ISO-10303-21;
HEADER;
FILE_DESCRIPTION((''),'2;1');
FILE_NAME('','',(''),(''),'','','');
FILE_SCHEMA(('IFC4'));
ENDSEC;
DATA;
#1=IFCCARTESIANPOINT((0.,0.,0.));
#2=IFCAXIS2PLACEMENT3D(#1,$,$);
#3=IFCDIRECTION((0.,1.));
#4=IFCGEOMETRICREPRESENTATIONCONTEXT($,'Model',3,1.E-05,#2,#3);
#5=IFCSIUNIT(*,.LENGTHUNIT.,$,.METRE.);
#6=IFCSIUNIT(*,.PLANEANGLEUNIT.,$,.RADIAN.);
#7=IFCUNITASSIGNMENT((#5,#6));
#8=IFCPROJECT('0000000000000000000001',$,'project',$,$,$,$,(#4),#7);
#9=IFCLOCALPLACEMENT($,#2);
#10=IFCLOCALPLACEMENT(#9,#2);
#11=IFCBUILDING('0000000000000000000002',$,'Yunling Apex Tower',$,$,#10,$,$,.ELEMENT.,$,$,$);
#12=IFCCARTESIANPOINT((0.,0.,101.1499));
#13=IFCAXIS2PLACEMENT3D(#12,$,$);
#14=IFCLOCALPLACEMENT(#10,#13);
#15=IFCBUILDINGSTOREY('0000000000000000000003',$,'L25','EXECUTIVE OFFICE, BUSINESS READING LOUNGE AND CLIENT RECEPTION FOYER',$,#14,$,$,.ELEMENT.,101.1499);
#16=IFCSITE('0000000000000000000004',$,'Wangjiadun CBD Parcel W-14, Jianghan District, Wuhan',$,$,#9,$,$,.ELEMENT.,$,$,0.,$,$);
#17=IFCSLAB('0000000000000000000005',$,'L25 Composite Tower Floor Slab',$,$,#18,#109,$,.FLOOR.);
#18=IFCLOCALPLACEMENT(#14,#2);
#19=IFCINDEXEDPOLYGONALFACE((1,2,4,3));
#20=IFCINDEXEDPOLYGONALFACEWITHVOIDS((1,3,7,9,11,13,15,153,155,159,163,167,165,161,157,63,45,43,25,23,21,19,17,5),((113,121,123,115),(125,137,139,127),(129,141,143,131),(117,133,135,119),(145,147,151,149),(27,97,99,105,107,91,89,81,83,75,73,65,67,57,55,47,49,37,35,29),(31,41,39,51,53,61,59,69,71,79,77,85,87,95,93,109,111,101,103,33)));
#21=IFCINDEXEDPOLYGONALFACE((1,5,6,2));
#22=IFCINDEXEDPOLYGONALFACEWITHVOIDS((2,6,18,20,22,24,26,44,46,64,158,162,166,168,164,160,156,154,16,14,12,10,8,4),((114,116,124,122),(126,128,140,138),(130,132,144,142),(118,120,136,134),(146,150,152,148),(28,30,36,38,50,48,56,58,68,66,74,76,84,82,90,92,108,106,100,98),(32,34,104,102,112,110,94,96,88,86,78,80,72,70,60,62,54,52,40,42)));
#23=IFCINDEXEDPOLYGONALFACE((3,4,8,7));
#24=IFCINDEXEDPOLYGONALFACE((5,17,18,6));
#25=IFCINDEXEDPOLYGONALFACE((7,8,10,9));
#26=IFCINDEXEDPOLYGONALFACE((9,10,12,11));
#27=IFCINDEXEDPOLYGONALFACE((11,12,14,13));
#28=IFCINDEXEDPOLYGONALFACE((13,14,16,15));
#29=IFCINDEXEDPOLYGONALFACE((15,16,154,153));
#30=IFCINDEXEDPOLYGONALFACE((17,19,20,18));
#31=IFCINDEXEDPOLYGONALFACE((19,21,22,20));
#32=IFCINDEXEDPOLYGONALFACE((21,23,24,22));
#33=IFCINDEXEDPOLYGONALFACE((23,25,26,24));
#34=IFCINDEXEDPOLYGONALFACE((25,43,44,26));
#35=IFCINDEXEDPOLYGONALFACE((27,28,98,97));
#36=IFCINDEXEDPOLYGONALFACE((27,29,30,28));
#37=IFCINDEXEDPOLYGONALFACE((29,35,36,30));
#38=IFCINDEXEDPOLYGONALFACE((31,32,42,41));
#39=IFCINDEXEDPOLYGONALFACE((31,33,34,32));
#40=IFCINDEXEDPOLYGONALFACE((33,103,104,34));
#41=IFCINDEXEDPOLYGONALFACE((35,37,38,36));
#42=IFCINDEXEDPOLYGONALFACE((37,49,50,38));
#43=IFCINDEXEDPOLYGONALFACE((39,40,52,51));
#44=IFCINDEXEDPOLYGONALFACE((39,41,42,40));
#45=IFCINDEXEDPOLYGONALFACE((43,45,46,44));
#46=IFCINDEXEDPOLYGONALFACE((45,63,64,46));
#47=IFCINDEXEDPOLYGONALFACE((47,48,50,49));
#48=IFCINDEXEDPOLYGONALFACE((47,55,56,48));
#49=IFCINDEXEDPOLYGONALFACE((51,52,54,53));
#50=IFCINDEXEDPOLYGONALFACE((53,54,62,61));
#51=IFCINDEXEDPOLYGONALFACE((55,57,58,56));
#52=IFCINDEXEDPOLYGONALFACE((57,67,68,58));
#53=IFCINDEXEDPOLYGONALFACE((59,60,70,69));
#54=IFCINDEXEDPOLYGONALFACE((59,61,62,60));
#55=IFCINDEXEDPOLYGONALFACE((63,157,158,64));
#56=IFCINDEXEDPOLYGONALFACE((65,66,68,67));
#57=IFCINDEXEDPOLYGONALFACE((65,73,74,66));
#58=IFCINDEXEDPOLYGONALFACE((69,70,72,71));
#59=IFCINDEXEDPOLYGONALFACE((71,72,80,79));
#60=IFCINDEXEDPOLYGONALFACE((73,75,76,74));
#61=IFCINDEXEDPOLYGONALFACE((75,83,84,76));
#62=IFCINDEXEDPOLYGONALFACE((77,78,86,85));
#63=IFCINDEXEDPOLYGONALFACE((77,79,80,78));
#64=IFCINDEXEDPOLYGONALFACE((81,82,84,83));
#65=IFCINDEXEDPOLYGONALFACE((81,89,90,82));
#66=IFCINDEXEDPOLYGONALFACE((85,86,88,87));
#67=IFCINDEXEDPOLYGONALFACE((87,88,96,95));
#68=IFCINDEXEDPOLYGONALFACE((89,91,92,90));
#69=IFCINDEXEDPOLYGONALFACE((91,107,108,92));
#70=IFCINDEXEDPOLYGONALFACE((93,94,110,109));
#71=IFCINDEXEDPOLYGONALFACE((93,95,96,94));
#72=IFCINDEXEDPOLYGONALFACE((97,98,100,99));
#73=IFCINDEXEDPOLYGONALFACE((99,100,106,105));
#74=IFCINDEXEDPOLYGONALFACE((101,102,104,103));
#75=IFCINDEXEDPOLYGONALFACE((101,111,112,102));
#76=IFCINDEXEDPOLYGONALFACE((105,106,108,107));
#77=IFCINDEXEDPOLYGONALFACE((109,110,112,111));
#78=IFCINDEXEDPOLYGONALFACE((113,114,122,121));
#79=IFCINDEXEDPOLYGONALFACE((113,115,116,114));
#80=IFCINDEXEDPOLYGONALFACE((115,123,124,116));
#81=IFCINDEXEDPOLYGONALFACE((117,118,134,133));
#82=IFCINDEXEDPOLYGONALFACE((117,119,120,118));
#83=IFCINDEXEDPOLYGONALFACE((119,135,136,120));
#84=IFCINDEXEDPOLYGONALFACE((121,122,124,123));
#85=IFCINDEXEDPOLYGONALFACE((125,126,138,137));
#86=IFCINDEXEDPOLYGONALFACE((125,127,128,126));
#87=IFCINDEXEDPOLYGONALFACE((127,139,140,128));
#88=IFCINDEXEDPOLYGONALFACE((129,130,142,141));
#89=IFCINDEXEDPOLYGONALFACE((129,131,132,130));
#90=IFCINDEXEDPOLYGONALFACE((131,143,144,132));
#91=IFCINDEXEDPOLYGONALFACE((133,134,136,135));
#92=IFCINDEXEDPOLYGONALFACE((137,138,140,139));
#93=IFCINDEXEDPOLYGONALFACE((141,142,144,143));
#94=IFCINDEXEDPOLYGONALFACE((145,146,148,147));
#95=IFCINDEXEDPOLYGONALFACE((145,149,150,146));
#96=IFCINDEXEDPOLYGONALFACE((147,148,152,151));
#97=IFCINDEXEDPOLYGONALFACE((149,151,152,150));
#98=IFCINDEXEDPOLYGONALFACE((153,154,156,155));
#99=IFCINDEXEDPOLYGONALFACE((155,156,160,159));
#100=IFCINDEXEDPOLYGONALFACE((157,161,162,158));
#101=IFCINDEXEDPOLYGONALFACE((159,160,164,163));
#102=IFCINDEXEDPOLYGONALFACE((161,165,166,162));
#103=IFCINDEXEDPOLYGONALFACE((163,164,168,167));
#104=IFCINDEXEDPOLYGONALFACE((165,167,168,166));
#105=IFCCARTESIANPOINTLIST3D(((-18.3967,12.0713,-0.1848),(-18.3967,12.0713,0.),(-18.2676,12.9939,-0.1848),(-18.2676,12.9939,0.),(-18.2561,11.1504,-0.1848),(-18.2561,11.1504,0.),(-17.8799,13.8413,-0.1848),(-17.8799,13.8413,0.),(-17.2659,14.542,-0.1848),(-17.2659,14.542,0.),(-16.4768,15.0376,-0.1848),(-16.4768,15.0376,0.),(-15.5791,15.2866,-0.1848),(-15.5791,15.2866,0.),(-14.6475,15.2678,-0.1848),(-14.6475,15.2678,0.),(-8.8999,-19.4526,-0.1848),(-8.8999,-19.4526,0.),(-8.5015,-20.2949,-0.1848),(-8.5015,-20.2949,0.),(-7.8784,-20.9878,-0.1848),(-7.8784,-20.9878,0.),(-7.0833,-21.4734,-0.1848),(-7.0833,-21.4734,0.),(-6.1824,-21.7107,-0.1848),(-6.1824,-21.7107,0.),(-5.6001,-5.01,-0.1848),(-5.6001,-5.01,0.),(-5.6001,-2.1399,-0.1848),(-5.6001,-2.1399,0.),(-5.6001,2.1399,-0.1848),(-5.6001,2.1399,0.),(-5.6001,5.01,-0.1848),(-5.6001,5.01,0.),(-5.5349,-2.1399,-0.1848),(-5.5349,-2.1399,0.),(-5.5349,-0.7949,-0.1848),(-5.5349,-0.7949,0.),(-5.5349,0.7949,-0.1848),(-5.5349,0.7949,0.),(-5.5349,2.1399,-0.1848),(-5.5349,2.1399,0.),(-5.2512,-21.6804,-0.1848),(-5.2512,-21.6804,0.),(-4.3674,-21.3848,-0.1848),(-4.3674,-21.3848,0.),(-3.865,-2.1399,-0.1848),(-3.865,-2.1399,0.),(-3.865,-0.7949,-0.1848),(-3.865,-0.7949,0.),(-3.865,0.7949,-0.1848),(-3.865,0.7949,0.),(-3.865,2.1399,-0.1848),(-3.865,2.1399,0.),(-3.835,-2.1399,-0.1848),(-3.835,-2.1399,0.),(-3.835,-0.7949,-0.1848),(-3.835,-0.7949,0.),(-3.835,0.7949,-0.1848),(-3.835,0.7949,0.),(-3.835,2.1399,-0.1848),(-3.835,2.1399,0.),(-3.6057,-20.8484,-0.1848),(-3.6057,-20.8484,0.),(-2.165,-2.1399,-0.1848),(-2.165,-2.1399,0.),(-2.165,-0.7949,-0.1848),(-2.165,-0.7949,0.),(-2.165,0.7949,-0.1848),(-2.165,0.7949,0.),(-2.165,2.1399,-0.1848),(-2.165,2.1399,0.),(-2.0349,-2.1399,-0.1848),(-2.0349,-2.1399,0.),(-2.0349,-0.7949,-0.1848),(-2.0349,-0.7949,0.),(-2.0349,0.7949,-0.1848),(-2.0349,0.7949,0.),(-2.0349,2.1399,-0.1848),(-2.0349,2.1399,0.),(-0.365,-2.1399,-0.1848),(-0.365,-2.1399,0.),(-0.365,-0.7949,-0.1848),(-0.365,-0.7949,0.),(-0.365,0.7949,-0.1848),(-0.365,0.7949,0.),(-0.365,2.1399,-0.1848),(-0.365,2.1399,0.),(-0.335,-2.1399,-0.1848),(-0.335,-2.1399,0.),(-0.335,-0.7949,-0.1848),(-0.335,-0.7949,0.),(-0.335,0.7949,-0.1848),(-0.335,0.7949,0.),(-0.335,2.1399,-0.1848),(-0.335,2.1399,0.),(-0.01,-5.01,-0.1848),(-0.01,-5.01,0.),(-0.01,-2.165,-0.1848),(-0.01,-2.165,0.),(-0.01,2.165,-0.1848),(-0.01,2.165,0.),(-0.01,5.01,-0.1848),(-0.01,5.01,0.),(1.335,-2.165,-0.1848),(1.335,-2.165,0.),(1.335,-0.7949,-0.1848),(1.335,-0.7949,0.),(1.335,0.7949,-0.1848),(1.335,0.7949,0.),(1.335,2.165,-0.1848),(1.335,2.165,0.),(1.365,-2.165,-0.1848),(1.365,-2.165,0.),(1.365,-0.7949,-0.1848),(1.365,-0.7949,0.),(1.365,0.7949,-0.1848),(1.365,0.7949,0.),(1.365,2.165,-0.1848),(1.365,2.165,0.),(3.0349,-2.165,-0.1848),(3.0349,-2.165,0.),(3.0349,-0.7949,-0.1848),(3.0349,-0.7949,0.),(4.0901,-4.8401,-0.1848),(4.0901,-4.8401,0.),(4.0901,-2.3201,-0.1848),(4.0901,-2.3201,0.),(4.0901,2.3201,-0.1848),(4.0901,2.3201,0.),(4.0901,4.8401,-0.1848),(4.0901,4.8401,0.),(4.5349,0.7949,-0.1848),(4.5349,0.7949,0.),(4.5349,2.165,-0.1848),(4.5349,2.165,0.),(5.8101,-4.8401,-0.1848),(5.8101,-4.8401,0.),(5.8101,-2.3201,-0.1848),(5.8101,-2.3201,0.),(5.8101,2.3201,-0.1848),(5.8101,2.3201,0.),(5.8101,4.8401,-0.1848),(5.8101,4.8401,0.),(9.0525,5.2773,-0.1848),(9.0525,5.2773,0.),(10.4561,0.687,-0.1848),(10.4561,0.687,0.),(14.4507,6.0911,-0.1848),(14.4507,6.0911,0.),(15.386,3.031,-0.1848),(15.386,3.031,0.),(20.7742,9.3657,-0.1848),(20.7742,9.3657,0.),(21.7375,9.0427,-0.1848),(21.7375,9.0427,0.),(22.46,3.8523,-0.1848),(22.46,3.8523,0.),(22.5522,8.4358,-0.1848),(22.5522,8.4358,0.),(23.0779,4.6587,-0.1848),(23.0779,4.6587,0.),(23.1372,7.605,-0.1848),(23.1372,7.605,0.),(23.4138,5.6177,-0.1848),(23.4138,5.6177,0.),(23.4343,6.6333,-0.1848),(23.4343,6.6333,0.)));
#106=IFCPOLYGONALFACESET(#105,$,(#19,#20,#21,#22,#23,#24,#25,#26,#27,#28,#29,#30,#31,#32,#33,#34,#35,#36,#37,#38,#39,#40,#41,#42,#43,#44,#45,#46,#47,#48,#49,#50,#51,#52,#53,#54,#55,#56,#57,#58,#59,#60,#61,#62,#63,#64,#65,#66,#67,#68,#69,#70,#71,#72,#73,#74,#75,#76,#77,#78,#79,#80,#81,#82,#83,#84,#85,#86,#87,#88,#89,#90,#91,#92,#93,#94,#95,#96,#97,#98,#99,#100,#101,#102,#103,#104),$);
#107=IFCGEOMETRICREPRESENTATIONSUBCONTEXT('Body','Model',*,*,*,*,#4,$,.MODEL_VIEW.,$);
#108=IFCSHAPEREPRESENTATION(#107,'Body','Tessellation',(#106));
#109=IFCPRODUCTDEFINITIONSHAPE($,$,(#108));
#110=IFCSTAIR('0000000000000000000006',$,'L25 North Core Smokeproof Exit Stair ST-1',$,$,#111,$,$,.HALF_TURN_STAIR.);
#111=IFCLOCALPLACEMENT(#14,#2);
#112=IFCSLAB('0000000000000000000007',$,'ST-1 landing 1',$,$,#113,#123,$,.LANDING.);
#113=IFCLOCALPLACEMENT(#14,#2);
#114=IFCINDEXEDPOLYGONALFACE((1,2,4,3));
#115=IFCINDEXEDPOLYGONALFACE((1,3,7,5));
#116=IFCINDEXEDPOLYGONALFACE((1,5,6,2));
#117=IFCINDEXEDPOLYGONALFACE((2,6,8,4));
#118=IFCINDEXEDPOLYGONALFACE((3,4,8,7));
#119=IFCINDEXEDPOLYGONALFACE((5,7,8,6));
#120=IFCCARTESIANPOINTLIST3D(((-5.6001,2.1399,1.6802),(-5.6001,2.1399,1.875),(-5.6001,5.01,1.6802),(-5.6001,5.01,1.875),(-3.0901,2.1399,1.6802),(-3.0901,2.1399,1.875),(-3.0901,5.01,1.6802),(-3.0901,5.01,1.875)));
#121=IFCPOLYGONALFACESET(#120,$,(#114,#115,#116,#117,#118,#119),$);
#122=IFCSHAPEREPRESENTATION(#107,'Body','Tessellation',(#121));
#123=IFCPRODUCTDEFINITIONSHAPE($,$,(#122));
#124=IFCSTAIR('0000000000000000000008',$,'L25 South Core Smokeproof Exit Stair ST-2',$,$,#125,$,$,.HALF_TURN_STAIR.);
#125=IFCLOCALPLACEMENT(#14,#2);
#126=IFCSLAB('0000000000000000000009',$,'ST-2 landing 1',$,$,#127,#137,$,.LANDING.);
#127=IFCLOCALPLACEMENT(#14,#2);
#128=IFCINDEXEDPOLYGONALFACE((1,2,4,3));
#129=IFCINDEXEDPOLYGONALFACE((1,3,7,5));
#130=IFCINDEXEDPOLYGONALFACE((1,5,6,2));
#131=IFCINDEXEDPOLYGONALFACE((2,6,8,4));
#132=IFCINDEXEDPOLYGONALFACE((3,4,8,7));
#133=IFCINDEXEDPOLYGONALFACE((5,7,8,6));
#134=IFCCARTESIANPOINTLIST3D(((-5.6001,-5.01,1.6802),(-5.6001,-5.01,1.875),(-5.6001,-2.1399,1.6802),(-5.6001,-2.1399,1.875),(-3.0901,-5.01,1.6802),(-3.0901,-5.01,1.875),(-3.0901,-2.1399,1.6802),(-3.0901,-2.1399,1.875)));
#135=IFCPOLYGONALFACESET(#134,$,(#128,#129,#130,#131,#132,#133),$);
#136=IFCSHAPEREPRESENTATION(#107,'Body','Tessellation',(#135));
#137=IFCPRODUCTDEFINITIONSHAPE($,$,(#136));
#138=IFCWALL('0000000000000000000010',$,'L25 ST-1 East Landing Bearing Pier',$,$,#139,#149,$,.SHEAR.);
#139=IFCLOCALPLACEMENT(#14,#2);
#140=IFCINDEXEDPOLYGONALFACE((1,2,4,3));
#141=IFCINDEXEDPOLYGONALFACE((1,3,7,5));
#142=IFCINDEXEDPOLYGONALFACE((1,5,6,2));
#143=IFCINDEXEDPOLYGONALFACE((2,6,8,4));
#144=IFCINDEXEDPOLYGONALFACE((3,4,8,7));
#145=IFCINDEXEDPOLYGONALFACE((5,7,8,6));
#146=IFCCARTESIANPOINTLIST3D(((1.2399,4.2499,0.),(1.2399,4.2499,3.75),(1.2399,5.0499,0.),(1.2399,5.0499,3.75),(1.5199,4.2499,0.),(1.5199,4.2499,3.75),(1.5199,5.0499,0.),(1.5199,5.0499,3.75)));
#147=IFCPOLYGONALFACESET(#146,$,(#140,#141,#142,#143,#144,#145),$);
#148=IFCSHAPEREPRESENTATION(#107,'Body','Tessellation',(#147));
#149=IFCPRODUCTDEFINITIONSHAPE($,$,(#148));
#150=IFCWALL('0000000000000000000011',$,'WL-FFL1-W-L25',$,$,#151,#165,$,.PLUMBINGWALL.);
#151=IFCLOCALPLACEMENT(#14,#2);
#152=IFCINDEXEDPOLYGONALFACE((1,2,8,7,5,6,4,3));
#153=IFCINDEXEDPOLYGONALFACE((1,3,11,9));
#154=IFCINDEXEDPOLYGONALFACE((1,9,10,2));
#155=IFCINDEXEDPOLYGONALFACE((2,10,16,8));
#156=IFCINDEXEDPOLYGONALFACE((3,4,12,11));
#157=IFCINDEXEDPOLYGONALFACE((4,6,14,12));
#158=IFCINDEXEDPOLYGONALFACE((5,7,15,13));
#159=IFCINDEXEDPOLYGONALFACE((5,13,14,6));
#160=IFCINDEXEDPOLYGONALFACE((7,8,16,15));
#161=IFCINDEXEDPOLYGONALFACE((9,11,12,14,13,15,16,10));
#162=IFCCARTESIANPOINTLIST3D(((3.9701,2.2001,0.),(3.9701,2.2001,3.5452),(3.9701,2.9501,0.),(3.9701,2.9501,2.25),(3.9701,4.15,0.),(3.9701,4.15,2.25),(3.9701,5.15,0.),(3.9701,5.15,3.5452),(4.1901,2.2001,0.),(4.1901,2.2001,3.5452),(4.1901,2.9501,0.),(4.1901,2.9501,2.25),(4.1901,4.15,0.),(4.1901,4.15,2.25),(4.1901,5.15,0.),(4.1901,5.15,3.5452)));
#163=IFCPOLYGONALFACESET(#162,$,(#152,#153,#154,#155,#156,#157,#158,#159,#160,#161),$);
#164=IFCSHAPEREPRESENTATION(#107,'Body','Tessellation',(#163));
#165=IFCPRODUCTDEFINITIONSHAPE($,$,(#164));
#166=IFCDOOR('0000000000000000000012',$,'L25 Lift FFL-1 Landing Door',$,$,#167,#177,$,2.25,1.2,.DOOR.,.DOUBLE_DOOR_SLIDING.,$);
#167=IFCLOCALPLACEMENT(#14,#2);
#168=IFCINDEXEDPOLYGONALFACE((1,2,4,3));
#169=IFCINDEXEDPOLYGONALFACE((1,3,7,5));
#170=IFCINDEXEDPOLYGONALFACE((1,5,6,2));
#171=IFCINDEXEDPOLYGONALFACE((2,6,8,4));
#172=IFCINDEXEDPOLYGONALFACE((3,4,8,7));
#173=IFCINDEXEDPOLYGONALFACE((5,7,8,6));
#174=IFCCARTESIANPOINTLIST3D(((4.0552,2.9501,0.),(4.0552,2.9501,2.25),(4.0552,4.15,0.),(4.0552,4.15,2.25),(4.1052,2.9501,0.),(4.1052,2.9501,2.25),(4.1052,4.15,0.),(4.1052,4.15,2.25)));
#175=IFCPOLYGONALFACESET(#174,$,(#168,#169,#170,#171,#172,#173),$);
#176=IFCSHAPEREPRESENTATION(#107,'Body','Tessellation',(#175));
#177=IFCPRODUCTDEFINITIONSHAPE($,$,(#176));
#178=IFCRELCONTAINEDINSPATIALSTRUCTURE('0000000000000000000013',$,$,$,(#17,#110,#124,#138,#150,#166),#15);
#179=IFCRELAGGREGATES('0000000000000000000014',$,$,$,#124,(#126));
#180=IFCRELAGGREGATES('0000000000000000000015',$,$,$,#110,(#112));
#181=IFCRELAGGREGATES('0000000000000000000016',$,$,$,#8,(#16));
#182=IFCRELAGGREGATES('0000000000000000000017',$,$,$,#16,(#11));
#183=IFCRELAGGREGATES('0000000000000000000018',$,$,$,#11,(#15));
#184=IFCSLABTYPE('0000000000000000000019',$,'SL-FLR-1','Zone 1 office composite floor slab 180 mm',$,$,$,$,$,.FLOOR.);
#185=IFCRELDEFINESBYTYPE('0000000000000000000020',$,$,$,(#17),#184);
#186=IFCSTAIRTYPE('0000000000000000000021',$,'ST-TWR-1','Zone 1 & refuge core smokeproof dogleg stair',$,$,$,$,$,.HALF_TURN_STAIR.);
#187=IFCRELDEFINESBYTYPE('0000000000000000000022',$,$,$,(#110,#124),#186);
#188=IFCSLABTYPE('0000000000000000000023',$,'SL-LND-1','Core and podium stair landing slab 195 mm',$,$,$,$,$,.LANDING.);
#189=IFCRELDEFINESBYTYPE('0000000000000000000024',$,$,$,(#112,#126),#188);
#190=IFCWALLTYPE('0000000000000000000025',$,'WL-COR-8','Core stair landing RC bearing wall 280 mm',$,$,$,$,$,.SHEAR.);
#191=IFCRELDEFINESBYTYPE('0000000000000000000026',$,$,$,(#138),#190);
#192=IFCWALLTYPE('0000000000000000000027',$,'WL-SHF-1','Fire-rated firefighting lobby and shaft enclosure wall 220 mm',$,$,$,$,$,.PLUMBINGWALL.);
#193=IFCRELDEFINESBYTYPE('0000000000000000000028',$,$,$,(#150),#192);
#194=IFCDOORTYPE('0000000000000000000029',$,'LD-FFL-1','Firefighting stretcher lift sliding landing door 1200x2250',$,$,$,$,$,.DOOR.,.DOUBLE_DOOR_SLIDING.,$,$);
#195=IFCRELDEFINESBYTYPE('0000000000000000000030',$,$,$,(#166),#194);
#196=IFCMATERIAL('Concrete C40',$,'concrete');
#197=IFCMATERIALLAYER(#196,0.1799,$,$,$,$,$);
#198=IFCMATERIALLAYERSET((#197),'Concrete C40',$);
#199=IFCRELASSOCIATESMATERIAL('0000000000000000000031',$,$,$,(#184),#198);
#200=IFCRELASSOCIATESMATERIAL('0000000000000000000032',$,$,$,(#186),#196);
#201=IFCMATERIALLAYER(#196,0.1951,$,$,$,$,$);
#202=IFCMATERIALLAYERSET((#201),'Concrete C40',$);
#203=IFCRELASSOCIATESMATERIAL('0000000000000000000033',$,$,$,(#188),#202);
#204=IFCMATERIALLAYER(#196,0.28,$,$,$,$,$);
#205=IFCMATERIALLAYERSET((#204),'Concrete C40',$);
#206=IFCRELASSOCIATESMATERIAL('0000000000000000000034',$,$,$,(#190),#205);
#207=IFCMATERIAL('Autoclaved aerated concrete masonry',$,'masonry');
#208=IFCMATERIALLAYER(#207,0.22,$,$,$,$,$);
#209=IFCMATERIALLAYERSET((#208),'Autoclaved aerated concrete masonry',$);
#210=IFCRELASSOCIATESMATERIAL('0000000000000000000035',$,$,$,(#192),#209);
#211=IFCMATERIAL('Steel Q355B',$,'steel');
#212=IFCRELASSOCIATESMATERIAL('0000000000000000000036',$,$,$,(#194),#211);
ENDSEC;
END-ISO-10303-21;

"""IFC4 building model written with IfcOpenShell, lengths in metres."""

from ifc_helpers import new_model, si_unit, direction, frame, frame_2d, origin, place, context, subcontext, project, spatial, polyline, rectangle, outline, extrude, material, layer, layer_set, type_object, element, fill, aggregate, save


model = new_model("IFC4")

# Units and contexts
model_context = context("Model", 3, precision=1e-05, world=origin(), true_north=direction((0.0, 1.0)))
body_context = subcontext(model_context, "Body", "Model", "MODEL_VIEW")
ifc_project = project(units=[si_unit("LENGTHUNIT", "METRE"), si_unit("PLANEANGLEUNIT", "RADIAN")], contexts=[model_context])

# Site, building, storey
site_placement = place(None, origin())
site = spatial("IfcSite", under=ifc_project, at=site_placement, Name="Wangjiadun CBD Parcel W-14, Jianghan District, Wuhan", CompositionType="ELEMENT", RefElevation=0.0)
building_placement = place(site_placement, origin())
building = spatial("IfcBuilding", under=site, at=building_placement, Name="Yunling Apex Tower", CompositionType="ELEMENT")
storey_placement = place(building_placement, frame((0.0, 0.0, 101.1499)))
storey = spatial("IfcBuildingStorey", under=building, at=storey_placement, Name="L25", Description="EXECUTIVE OFFICE, BUSINESS READING LOUNGE AND CLIENT RECEPTION FOYER", CompositionType="ELEMENT", Elevation=101.1499)

# Slab
ifc_material_1 = material(Name="Concrete C40", Category="concrete")
ifc_layer_1 = layer(ifc_material_1, 0.1799)
ifc_layer_set_1 = layer_set([ifc_layer_1], Name="Concrete C40")
slab_type_1 = type_object("IfcSlabType", Name="SL-FLR-1", Description="Zone 1 office composite floor slab 180 mm", PredefinedType="FLOOR", material=ifc_layer_set_1)
slab_1_placement = place(storey_placement, frame((0.0, 0.0, -0.1848)))
element("IfcSlab", 1, at=slab_1_placement, inside=storey, type_object=slab_type_1, Name="L25 Composite Tower Floor Slab", PredefinedType="FLOOR", context=body_context, shape_type="SweptSolid", body=[
    extrude(outline(polyline([(-8.8999, -19.4526), (-8.5015, -20.2949), (-7.8784, -20.9878), (-7.0833, -21.4734), (-6.1824, -21.7107), (-5.2512, -21.6804), (-4.3674, -21.3848), (-3.6057, -20.8484), (22.46, 3.8523), (23.0779, 4.6587), (23.4138, 5.6177), (23.4343, 6.6333), (23.1372, 7.605), (22.5522, 8.4358), (21.7375, 9.0427), (20.7742, 9.3657), (-14.6475, 15.2678), (-15.5791, 15.2866), (-16.4768, 15.0376), (-17.2659, 14.542), (-17.8799, 13.8413), (-18.2676, 12.9939), (-18.3967, 12.0713), (-18.2561, 11.1504), (-8.8999, -19.4526)]), holes=[polyline([(14.4507, 6.0911), (15.386, 3.031), (10.4561, 0.687), (9.0525, 5.2773), (14.4507, 6.0911)]), polyline([(5.8101, -2.3201), (5.8101, -4.8401), (4.0901, -4.8401), (4.0901, -2.3201), (5.8101, -2.3201)]), polyline([(5.8101, 4.8401), (5.8101, 2.3201), (4.0901, 2.3201), (4.0901, 4.8401), (5.8101, 4.8401)]), polyline([(4.5349, 0.7949), (1.365, 0.7949), (1.365, 2.165), (4.5349, 2.165), (4.5349, 0.7949)]), polyline([(3.0349, -0.7949), (3.0349, -2.165), (1.365, -2.165), (1.365, -0.7949), (3.0349, -0.7949)]), polyline([(-3.865, -0.7949), (-3.865, -2.1399), (-3.835, -2.1399), (-3.835, -0.7949), (-2.165, -0.7949), (-2.165, -2.1399), (-2.0349, -2.1399), (-2.0349, -0.7949), (-0.365, -0.7949), (-0.365, -2.1399), (-0.335, -2.1399), (-0.335, -0.7949), (1.335, -0.7949), (1.335, -2.165), (-0.01, -2.165), (-0.01, -5.01), (-5.6001, -5.01), (-5.6001, -2.1399), (-5.5349, -2.1399), (-5.5349, -0.7949), (-3.865, -0.7949)]), polyline([(-5.6001, 2.1399), (-5.6001, 5.01), (-0.01, 5.01), (-0.01, 2.165), (1.335, 2.165), (1.335, 0.7949), (-0.335, 0.7949), (-0.335, 2.1399), (-0.365, 2.1399), (-0.365, 0.7949), (-2.0349, 0.7949), (-2.0349, 2.1399), (-2.165, 2.1399), (-2.165, 0.7949), (-3.835, 0.7949), (-3.835, 2.1399), (-3.865, 2.1399), (-3.865, 0.7949), (-5.5349, 0.7949), (-5.5349, 2.1399), (-5.6001, 2.1399)])]), origin(), (0.0, 0.0, 1.0), 0.1848),
])

# Stairs, slabs
stair_type = type_object("IfcStairType", Name="ST-TWR-1", Description="Zone 1 & refuge core smokeproof dogleg stair", PredefinedType="HALF_TURN_STAIR", material=ifc_material_1)
stair_1_placement = place(storey_placement, origin())
stair_1 = element("IfcStair", 2, at=stair_1_placement, inside=storey, type_object=stair_type, Name="L25 North Core Smokeproof Exit Stair ST-1", PredefinedType="HALF_TURN_STAIR")
ifc_layer_2 = layer(ifc_material_1, 0.1951)
ifc_layer_set_2 = layer_set([ifc_layer_2], Name="Concrete C40")
slab_type_2 = type_object("IfcSlabType", Name="SL-LND-1", Description="Core and podium stair landing slab 195 mm", PredefinedType="LANDING", material=ifc_layer_set_2)
slab_2_placement = place(storey_placement, frame((0.0, 0.0, 1.6802)))
slab_2 = element("IfcSlab", 3, at=slab_2_placement, type_object=slab_type_2, Name="ST-1 landing 1", PredefinedType="LANDING", context=body_context, shape_type="SweptSolid", body=[
    extrude(outline(polyline([(-3.0901, 5.01), (-5.6001, 5.01), (-5.6001, 2.1399), (-3.0901, 2.1399), (-3.0901, 5.01)])), origin(), (0.0, 0.0, 1.0), 0.1948),
])
stair_2_placement = place(storey_placement, origin())
stair_2 = element("IfcStair", 4, at=stair_2_placement, inside=storey, type_object=stair_type, Name="L25 South Core Smokeproof Exit Stair ST-2", PredefinedType="HALF_TURN_STAIR")
slab_3_placement = place(storey_placement, frame((0.0, 0.0, 1.6802)))
slab_3 = element("IfcSlab", 5, at=slab_3_placement, type_object=slab_type_2, Name="ST-2 landing 1", PredefinedType="LANDING", context=body_context, shape_type="SweptSolid", body=[
    extrude(outline(polyline([(-3.0901, -2.1399), (-5.6001, -2.1399), (-5.6001, -5.01), (-3.0901, -5.01), (-3.0901, -2.1399)])), origin(), (0.0, 0.0, 1.0), 0.1948),
])
aggregate(stair_2, [slab_3])

# Wall
ifc_layer_3 = layer(ifc_material_1, 0.28)
ifc_layer_set_3 = layer_set([ifc_layer_3], Name="Concrete C40")
wall_type_1 = type_object("IfcWallType", Name="WL-COR-8", Description="Core stair landing RC bearing wall 280 mm", PredefinedType="SHEAR", material=ifc_layer_set_3)
wall_1_placement = place(storey_placement, frame((1.3799, 4.25, 0.0), z_axis=(0.0, 0.0, 1.0), x_axis=(0.0, 1.0, 0.0)))
element("IfcWall", 6, at=wall_1_placement, inside=storey, type_object=wall_type_1, Name="L25 ST-1 East Landing Bearing Pier", PredefinedType="SHEAR", context=body_context, shape_type="SweptSolid", body=[
    extrude(rectangle(XDim=0.8, YDim=0.28, at=frame_2d((0.3999, 0.0))), origin(), (0.0, 0.0, 1.0), 3.75),
])

# Wall, opening, door
ifc_material_2 = material(Name="Autoclaved aerated concrete masonry", Category="masonry")
ifc_layer_4 = layer(ifc_material_2, 0.22)
ifc_layer_set_4 = layer_set([ifc_layer_4], Name="Autoclaved aerated concrete masonry")
wall_type_2 = type_object("IfcWallType", Name="WL-SHF-1", Description="Fire-rated firefighting lobby and shaft enclosure wall 220 mm", PredefinedType="PLUMBINGWALL", material=ifc_layer_set_4)
ifc_material_3 = material(Name="Steel Q355B", Category="steel")
wall_2_placement = place(storey_placement, frame((4.0801, 2.2, 0.0), z_axis=(0.0, 0.0, 1.0), x_axis=(0.0, 1.0, 0.0)))
wall_2 = element("IfcWall", 7, at=wall_2_placement, inside=storey, type_object=wall_type_2, Name="WL-FFL1-W-L25", PredefinedType="PLUMBINGWALL", context=body_context, shape_type="SweptSolid", body=[
    extrude(rectangle(XDim=2.95, YDim=0.22, at=frame_2d((1.4751, 0.0))), origin(), (0.0, 0.0, 1.0), 3.5452),
])
opening_1_placement = place(wall_2_placement, frame((0.75, 0.0, 0.0)))
opening_1 = element("IfcOpeningElement", 8, at=opening_1_placement, cuts=wall_2, PredefinedType="OPENING", context=body_context, shape_type="SweptSolid", body=[
    extrude(rectangle(XDim=1.2, YDim=2.25, at=frame_2d((0.6001, 1.125))), frame((0.0, 0.1201, 0.0), z_axis=(0.0, -1.0, 0.0), x_axis=(1.0, 0.0, 0.0)), (0.0, 0.0, 1.0), 0.24),
])
door_type_1 = type_object("IfcDoorType", Name="LD-FFL-1", Description="Firefighting stretcher lift sliding landing door 1200x2250", OperationType="DOUBLE_DOOR_SLIDING", PredefinedType="DOOR", material=ifc_material_3)
door_1_placement = place(opening_1_placement, origin())
door_1 = element("IfcDoor", 9, at=door_1_placement, inside=storey, type_object=door_type_1, Name="L25 Lift FFL-1 Landing Door", OperationType="DOUBLE_DOOR_SLIDING", OverallHeight=2.25, OverallWidth=1.2, PredefinedType="DOOR", context=body_context, shape_type="SweptSolid", body=[
    extrude(rectangle(XDim=1.2, YDim=2.25, at=frame_2d((0.6001, 1.125))), frame((0.0, 0.0249, 0.0), z_axis=(0.0, -1.0, 0.0), x_axis=(1.0, 0.0, 0.0)), (0.0, 0.0, 1.0), 0.05),
])
fill(opening_1, door_1)

aggregate(stair_1, [slab_2])

save(model, "model.ifc")
